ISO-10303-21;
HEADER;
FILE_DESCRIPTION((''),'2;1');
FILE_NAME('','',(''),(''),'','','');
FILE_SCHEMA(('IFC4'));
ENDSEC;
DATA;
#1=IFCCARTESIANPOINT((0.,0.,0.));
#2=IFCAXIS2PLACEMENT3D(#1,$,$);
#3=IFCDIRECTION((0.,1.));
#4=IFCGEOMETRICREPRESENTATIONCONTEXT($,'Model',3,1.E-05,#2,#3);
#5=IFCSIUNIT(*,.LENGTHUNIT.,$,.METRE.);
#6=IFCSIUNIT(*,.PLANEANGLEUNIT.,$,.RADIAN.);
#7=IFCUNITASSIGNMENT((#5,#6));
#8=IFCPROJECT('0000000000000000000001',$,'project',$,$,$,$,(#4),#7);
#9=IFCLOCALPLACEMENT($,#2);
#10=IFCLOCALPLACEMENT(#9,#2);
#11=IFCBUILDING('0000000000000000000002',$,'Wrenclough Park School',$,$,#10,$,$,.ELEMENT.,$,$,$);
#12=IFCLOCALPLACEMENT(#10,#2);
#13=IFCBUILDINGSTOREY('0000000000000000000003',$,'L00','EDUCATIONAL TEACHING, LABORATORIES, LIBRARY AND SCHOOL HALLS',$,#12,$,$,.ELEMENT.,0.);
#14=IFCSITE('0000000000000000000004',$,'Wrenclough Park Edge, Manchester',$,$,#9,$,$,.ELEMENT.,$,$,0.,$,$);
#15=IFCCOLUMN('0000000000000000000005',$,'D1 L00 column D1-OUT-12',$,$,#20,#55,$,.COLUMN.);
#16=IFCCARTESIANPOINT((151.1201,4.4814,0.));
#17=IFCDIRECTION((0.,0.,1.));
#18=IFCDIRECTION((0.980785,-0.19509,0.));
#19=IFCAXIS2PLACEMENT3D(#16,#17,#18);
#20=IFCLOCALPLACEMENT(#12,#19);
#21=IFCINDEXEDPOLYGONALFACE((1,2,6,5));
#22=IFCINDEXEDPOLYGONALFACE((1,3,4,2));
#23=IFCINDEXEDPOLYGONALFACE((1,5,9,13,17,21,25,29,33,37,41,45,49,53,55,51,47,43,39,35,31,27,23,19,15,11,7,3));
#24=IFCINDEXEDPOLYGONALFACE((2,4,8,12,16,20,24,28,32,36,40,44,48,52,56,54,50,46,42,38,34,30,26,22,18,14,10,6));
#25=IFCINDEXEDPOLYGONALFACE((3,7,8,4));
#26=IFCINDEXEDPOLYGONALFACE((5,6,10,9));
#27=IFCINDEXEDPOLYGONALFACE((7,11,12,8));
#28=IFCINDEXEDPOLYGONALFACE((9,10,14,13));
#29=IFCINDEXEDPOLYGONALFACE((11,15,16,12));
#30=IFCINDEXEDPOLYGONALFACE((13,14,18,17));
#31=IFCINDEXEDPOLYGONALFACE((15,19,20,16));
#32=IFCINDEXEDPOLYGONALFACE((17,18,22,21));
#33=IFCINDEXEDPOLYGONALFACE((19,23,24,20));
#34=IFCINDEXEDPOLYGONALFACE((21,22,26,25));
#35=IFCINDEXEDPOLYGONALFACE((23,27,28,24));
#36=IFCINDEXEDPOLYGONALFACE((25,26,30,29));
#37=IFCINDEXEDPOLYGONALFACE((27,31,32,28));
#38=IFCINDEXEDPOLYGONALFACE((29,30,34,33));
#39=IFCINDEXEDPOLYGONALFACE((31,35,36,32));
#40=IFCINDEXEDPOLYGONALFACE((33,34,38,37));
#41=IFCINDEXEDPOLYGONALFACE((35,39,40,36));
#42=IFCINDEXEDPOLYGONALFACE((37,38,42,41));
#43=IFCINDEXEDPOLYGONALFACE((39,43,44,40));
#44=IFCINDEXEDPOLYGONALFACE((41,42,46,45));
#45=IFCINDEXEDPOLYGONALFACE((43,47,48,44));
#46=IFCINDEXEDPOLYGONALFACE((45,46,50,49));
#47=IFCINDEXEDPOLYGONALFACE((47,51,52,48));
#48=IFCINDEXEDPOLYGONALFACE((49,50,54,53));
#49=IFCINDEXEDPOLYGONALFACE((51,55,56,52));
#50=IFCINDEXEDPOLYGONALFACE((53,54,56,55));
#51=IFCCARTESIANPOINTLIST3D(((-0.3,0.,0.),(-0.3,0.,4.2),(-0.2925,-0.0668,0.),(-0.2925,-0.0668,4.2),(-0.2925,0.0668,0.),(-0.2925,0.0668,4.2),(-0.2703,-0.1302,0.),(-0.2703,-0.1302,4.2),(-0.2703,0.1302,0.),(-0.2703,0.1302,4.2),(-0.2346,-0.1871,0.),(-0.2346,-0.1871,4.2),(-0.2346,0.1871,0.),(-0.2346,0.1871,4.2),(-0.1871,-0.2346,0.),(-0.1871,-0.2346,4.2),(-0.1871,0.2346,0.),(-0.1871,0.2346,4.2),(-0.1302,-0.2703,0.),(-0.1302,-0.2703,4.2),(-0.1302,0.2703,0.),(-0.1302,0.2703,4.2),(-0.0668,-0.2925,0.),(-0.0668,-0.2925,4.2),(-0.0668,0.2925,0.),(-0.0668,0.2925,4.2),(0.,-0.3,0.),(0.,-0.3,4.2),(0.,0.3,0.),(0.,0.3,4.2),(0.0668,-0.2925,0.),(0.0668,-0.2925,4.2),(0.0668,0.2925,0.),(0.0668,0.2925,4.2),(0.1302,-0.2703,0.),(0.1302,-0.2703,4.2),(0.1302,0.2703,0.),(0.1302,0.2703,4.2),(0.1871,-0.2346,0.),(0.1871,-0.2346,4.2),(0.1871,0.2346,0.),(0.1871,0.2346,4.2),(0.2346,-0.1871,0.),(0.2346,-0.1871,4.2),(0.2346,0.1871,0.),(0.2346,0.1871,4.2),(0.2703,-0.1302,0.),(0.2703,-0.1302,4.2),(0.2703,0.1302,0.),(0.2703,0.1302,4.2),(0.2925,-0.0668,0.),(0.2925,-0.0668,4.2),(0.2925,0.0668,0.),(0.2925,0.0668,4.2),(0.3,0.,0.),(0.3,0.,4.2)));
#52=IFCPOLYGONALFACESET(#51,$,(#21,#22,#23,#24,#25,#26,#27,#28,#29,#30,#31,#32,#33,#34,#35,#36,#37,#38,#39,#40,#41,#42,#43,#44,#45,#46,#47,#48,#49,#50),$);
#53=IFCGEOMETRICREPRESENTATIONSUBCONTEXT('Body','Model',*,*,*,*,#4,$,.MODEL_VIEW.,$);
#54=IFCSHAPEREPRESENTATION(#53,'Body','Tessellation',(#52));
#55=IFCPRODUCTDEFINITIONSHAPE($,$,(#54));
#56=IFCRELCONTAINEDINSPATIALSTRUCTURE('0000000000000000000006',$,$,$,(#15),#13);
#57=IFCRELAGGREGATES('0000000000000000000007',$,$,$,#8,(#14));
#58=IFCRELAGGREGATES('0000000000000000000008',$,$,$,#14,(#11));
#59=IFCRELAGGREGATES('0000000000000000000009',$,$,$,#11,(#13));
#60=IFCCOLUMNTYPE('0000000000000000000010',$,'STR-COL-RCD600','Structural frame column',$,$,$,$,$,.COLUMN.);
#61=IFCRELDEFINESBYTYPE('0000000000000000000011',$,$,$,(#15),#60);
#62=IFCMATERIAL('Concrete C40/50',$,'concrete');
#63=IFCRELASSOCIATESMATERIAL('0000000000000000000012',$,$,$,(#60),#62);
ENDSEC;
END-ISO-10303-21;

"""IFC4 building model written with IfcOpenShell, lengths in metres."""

from ifc_helpers import new_model, si_unit, direction, frame, origin, origin_2d, place, context, subcontext, project, spatial, circle, extrude, material, material_profile, profile_set, type_object, element, save


model = new_model("IFC4")

# Units and contexts
model_context = context("Model", 3, precision=1e-05, world=origin(), true_north=direction((0.0, 1.0)))
body_context = subcontext(model_context, "Body", "Model", "MODEL_VIEW")
ifc_project = project(units=[si_unit("LENGTHUNIT", "METRE"), si_unit("PLANEANGLEUNIT", "RADIAN")], contexts=[model_context])

# Site, building, storey
site_placement = place(None, origin())
site = spatial("IfcSite", under=ifc_project, at=site_placement, Name="Wrenclough Park Edge, Manchester", CompositionType="ELEMENT", RefElevation=0.0)
building_placement = place(site_placement, origin())
building = spatial("IfcBuilding", under=site, at=building_placement, Name="Wrenclough Park School", CompositionType="ELEMENT")
storey_placement = place(building_placement, origin())
storey = spatial("IfcBuildingStorey", under=building, at=storey_placement, Name="L00", Description="EDUCATIONAL TEACHING, LABORATORIES, LIBRARY AND SCHOOL HALLS", CompositionType="ELEMENT", Elevation=0.0)

# Column
ifc_material_1 = material(Name="Concrete C40/50", Category="concrete")
ifc_material_profile_1 = material_profile(ifc_material_1, circle(Radius=0.3, at=origin_2d()), Name="RC COL D600")
ifc_profile_set_1 = profile_set([ifc_material_profile_1], Name="Concrete C40/50")
column_type = type_object("IfcColumnType", Name="STR-COL-RCD600", Description="Structural frame column", PredefinedType="COLUMN", material=ifc_profile_set_1)
column_placement = place(storey_placement, frame((151.1201, 4.4814, 0.0), z_axis=(0.0, 0.0, 1.0), x_axis=(0.980785, -0.19509, 0.0)))
element("IfcColumn", 1, at=column_placement, inside=storey, type_object=column_type, Name="D1 L00 column D1-OUT-12", PredefinedType="COLUMN", context=body_context, shape_type="SweptSolid", body=[
    extrude(circle(Radius=0.3, at=origin_2d()), origin(), (0.0, 0.0, 1.0), 4.2),
])

save(model, "model.ifc")
